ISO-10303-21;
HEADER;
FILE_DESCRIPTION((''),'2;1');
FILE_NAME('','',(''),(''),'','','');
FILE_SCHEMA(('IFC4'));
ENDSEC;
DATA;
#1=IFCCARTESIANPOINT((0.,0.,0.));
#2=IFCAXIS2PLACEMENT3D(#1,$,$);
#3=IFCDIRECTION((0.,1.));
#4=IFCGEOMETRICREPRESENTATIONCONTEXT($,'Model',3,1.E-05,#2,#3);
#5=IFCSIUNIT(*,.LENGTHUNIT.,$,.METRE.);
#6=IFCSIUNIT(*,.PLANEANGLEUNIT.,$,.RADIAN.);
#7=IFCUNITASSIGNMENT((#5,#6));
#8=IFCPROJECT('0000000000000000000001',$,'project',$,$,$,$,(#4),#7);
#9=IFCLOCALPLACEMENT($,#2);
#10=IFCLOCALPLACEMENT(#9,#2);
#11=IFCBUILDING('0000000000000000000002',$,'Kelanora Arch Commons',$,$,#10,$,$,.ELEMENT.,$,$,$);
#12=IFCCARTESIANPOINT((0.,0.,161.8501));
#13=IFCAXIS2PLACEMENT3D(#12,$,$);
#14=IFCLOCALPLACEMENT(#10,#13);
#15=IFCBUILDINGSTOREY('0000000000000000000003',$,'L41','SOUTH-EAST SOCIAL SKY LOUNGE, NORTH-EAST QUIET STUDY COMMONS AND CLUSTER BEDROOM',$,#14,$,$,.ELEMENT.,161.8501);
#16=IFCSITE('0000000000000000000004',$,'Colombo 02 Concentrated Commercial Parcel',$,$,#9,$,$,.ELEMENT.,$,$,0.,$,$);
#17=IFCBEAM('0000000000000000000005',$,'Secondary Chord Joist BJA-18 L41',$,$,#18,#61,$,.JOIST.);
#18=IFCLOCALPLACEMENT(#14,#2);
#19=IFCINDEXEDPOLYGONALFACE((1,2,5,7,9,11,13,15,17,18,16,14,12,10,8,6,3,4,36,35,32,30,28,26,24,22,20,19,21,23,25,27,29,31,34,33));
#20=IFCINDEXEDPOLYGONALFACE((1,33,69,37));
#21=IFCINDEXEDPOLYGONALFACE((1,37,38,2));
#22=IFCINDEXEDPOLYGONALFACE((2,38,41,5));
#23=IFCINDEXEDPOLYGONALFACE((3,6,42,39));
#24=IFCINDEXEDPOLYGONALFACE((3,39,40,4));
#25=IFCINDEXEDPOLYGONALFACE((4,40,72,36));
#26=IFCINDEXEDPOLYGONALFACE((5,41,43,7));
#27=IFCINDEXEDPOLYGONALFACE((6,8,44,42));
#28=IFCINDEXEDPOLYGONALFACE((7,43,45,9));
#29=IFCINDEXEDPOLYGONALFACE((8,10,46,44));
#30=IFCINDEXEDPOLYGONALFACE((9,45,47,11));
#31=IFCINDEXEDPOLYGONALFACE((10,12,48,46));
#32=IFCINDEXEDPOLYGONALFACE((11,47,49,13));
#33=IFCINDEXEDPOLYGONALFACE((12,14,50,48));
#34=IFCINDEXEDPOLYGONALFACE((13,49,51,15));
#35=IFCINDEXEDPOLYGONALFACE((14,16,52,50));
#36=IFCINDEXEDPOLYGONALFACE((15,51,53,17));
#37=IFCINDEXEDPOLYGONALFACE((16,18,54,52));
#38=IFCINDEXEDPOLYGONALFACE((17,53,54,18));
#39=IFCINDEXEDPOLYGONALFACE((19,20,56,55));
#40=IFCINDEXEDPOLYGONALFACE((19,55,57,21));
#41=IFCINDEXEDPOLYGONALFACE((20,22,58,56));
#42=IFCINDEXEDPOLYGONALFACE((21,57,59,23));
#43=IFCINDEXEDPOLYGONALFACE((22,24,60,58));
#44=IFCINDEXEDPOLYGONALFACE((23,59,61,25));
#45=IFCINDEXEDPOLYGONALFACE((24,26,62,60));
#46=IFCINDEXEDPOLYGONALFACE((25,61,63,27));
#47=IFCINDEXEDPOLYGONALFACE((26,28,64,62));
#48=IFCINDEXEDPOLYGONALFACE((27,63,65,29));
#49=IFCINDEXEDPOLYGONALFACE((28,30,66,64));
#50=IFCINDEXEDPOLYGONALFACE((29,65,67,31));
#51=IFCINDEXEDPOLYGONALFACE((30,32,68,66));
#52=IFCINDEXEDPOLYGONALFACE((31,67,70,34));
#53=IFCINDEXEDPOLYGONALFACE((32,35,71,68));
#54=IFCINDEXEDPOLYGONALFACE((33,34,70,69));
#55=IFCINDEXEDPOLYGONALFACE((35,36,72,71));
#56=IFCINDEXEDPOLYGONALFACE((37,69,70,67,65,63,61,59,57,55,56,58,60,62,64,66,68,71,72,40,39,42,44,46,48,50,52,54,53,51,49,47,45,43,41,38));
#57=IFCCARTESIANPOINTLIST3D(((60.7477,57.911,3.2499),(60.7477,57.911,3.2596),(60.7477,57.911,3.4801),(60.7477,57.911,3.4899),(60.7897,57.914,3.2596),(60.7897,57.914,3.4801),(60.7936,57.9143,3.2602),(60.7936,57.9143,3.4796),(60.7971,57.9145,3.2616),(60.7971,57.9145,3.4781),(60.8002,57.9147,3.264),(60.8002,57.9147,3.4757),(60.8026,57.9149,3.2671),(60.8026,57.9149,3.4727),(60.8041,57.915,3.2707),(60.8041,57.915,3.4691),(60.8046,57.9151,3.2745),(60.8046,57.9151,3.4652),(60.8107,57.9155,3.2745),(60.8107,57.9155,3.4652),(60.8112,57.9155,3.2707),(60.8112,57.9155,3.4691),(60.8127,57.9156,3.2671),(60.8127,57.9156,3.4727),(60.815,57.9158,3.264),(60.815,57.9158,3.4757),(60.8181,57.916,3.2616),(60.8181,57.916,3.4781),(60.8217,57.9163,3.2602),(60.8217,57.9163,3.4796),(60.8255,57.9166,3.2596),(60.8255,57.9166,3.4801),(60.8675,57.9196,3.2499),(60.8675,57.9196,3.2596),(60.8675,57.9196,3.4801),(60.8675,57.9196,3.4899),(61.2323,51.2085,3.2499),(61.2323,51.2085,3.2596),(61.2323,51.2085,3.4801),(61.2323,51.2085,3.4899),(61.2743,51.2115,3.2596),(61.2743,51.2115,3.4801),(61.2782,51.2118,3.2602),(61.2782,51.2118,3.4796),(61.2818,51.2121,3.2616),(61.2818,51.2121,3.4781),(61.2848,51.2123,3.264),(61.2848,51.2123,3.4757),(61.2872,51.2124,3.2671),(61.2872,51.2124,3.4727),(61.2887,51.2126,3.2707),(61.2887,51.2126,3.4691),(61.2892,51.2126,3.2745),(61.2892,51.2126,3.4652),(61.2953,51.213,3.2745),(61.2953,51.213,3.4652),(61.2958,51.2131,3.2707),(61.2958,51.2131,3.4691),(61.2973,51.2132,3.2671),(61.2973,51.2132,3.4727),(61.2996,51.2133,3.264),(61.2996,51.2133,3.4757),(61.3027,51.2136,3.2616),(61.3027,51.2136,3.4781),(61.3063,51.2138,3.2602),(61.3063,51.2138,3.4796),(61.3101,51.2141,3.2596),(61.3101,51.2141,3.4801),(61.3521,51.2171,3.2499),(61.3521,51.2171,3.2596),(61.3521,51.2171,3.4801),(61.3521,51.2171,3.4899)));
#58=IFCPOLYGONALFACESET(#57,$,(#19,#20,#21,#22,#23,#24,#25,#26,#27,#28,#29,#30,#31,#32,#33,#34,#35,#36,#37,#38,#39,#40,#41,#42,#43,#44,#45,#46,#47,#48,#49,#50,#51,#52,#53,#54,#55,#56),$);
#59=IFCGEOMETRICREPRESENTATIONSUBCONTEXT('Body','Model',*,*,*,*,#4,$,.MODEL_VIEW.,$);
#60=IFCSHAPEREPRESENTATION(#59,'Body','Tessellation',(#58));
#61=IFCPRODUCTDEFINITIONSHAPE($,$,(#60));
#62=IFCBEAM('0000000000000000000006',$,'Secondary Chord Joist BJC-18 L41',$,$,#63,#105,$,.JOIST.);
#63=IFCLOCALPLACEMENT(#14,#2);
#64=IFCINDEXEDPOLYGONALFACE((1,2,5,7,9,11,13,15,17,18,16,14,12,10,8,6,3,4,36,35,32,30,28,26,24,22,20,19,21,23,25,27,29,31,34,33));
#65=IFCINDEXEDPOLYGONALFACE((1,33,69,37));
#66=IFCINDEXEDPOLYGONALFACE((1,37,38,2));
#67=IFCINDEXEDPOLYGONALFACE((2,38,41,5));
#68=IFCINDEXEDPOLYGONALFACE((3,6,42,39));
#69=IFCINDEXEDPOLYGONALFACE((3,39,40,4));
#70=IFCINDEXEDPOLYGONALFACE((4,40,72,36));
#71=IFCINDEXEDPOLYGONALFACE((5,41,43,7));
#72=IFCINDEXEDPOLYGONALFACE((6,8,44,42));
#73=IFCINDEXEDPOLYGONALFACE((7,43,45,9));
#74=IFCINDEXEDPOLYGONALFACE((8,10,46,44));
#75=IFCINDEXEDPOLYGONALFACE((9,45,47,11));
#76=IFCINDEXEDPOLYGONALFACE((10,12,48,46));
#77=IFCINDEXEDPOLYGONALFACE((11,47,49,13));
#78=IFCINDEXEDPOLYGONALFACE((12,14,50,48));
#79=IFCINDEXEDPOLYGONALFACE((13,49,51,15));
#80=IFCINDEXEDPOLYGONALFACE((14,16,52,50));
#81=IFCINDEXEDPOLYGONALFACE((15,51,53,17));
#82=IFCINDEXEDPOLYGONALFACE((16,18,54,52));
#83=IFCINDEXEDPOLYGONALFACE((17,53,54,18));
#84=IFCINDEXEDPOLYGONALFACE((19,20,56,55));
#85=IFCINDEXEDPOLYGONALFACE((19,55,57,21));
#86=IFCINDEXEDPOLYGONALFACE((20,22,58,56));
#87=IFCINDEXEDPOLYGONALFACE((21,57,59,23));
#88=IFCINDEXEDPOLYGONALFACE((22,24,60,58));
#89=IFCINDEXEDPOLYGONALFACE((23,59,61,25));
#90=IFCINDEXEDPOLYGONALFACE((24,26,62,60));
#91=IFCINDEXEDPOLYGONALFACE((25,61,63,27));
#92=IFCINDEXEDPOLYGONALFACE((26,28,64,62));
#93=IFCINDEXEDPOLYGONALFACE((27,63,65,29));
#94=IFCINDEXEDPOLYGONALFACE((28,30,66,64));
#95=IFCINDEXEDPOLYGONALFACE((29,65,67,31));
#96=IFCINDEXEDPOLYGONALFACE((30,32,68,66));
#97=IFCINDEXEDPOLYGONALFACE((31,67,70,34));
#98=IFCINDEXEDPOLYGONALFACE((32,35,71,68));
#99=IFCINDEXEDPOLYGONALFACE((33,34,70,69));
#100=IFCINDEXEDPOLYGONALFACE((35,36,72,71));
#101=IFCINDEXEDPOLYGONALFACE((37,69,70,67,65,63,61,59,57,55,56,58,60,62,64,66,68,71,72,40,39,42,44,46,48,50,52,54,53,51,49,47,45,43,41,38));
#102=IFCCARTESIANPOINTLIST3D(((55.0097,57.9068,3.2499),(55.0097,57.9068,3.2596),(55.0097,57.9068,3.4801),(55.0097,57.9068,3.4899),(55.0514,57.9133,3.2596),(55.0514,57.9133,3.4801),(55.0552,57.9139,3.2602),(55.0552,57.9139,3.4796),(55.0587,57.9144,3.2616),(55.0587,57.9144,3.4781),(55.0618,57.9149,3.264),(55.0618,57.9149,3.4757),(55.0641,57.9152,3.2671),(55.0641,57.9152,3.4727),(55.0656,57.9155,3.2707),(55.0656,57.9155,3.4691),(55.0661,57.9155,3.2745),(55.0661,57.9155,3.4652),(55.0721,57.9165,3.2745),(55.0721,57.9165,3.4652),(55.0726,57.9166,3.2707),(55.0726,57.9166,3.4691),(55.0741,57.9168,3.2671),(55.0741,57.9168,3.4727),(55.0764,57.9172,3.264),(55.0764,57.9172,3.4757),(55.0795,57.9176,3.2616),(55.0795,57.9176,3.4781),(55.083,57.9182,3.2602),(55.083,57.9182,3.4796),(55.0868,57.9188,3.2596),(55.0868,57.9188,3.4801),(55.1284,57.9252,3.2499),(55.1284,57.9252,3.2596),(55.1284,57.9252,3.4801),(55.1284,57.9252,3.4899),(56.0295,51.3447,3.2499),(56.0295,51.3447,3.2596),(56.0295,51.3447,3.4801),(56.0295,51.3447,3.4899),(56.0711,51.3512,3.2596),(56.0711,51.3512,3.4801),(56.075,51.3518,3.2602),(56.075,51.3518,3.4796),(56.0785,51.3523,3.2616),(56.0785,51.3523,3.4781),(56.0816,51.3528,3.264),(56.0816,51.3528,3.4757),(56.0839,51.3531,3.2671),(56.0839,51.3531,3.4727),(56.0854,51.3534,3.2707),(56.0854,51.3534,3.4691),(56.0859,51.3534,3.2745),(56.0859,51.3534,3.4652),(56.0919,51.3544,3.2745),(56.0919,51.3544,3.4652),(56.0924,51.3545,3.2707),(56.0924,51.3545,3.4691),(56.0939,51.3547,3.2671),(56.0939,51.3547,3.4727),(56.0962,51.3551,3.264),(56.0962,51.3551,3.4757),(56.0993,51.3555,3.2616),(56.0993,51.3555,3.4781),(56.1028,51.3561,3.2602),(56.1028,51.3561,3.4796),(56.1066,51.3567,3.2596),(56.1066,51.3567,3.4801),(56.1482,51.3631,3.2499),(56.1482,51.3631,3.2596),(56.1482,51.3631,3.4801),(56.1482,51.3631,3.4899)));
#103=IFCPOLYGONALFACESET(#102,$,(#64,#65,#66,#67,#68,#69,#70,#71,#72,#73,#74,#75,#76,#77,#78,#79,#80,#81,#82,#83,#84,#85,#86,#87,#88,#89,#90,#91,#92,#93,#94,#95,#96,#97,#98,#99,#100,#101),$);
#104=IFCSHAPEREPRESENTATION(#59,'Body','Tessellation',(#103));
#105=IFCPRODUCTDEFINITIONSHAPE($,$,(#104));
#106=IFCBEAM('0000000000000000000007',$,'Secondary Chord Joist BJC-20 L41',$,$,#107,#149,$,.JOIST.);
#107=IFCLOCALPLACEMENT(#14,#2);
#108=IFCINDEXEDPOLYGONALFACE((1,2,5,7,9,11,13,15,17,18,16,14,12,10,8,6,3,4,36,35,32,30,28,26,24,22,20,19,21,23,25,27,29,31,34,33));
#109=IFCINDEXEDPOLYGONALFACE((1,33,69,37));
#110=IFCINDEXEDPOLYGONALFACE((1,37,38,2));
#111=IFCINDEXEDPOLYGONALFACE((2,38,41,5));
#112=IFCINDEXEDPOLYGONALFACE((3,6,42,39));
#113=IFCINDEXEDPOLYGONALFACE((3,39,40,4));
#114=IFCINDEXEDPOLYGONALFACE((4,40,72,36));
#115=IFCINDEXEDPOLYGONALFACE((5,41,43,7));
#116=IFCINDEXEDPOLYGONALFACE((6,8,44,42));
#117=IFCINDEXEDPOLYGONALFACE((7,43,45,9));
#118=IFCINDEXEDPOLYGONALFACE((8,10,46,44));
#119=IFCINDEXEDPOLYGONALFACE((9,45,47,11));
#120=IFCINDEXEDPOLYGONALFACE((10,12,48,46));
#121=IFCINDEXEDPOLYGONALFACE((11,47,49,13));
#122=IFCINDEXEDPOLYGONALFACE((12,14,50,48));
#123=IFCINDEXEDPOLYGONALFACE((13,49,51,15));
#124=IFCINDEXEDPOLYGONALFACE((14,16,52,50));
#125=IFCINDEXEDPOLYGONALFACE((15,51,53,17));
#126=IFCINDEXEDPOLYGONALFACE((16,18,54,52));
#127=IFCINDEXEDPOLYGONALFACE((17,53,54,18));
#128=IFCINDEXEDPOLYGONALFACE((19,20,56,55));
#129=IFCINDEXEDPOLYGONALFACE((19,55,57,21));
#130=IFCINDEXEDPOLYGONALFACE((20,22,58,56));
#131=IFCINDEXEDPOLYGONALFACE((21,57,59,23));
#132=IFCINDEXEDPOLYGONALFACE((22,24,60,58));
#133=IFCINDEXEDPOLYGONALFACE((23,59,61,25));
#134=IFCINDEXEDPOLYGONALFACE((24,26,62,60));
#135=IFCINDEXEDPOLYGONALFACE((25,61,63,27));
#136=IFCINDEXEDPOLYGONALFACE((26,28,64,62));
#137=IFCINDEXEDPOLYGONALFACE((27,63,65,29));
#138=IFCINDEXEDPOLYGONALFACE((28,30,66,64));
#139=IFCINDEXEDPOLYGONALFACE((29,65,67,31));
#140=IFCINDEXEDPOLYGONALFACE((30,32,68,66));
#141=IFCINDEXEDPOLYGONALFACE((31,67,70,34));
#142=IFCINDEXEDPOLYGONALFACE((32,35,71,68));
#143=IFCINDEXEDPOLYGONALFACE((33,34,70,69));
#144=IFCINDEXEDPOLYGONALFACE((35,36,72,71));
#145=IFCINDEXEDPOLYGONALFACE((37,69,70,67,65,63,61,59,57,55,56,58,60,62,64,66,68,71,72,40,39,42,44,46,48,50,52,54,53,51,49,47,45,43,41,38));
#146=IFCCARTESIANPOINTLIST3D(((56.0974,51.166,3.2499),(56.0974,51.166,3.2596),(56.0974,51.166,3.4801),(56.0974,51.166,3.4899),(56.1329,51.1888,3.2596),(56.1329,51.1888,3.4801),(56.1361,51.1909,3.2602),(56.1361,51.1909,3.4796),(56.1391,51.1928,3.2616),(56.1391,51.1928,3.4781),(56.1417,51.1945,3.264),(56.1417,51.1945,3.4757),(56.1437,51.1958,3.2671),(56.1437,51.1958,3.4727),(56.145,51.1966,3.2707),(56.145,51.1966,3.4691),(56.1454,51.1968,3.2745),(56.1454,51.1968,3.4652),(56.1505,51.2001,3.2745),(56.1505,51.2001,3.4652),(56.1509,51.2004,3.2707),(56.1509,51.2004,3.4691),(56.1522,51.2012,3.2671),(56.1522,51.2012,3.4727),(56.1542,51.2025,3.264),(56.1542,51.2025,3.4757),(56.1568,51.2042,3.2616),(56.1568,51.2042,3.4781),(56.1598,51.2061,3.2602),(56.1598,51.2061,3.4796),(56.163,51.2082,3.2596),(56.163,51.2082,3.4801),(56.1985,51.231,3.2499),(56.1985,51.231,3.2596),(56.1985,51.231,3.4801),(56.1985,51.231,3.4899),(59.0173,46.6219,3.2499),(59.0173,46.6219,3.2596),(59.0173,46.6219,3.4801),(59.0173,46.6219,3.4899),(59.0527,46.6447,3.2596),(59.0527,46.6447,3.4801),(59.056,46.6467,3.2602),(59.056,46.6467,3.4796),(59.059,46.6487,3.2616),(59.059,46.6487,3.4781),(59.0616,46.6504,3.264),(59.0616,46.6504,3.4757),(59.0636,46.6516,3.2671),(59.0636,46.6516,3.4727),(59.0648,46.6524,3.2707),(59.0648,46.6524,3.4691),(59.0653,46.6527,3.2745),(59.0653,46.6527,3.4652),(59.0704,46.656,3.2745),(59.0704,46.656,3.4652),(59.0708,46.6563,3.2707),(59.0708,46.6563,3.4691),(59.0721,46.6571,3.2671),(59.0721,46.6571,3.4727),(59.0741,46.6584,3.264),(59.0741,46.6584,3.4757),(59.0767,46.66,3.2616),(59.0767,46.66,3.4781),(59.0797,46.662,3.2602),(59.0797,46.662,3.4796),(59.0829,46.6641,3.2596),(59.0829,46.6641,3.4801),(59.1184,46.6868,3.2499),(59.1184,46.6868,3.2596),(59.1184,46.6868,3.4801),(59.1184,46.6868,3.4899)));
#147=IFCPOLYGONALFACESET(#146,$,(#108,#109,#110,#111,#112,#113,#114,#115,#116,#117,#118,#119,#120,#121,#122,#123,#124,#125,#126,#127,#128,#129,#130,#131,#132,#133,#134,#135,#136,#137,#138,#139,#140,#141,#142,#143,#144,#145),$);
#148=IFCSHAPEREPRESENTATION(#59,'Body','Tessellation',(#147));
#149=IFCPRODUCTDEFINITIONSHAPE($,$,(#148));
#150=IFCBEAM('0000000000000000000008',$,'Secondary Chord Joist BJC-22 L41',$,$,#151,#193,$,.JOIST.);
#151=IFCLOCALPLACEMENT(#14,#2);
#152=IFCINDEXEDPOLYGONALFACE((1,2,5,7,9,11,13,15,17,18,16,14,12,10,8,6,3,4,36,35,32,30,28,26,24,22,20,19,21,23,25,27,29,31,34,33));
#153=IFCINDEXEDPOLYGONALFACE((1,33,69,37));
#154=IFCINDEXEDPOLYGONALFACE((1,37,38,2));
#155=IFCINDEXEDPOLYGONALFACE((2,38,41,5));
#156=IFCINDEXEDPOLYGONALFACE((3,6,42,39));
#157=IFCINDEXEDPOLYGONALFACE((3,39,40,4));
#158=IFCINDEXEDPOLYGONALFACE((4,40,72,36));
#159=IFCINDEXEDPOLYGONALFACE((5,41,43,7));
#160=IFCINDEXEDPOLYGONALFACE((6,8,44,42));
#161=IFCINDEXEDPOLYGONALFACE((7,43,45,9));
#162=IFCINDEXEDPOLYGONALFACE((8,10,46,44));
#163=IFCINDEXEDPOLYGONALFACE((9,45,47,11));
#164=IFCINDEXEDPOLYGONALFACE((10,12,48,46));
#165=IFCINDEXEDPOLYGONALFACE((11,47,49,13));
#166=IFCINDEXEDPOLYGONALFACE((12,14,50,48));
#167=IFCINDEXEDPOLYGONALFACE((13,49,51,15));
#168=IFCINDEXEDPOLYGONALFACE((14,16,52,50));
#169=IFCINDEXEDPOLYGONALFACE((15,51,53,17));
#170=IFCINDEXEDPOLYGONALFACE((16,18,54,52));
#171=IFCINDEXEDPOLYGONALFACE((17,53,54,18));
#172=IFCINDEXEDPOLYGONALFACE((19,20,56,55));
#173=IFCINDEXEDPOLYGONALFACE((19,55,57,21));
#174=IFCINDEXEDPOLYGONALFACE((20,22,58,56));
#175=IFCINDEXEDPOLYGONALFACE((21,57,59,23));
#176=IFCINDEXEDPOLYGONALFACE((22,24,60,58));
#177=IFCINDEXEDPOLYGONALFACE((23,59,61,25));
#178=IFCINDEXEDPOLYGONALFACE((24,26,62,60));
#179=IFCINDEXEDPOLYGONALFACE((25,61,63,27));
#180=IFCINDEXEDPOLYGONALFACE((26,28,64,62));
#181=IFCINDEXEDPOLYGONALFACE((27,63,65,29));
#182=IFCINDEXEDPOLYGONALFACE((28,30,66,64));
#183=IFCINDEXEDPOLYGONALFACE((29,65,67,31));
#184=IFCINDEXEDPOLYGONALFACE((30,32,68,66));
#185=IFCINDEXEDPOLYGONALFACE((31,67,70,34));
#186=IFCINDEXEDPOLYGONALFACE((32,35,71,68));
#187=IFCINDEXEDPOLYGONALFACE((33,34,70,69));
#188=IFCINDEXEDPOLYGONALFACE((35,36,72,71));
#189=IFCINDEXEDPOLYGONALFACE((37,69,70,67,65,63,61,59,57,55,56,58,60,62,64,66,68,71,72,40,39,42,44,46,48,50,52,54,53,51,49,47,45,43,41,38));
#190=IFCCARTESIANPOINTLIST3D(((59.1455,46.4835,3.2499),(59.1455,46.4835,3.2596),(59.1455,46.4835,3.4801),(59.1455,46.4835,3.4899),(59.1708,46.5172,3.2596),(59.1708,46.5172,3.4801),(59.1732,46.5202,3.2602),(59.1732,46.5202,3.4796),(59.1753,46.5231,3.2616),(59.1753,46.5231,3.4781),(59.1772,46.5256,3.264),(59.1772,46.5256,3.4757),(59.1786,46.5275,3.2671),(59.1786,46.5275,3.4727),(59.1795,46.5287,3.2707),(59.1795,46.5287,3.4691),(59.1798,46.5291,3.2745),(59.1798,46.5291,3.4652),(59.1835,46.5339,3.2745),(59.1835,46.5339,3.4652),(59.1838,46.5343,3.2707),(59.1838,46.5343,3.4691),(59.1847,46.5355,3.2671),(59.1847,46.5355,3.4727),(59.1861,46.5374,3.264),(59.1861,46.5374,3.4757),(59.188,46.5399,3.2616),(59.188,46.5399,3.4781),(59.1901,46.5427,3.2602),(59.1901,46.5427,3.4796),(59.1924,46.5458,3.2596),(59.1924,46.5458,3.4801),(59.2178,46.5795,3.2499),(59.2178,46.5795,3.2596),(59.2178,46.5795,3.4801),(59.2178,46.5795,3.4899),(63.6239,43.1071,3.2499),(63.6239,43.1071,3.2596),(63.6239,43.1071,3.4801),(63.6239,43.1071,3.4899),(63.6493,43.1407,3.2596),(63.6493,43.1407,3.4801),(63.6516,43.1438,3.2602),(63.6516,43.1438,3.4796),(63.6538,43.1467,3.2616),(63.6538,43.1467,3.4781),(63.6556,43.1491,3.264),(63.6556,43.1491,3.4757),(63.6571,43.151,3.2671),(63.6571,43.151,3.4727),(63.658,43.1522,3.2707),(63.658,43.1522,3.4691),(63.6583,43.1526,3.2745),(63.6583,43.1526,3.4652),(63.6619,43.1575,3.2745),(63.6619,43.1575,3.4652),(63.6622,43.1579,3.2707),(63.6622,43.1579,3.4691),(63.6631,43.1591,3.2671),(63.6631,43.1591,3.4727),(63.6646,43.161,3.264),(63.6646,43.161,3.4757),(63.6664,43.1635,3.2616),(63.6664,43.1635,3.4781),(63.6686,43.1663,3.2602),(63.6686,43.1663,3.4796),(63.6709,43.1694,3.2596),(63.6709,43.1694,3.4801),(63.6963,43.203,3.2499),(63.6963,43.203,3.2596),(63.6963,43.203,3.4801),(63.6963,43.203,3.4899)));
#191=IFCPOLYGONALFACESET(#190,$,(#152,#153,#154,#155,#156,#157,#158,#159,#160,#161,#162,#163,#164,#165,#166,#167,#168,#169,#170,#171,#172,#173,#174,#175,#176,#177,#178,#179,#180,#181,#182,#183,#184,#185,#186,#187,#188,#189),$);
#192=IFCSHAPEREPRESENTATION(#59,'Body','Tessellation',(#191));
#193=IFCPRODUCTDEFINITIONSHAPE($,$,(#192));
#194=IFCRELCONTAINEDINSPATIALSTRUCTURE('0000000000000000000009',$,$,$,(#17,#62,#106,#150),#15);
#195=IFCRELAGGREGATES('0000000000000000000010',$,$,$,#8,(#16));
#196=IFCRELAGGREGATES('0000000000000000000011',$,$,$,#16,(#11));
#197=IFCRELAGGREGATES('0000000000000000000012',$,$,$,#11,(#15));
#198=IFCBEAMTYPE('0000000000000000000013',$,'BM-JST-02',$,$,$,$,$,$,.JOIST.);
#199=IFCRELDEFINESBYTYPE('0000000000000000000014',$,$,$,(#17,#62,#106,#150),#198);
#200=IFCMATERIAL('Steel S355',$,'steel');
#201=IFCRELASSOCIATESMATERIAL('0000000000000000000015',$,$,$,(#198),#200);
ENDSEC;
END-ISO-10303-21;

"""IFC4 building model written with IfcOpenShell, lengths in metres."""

from ifc_helpers import new_model, si_unit, direction, frame, origin, origin_2d, place, context, subcontext, project, spatial, i_section, extrude, material, material_profile, profile_set, type_object, element, save


model = new_model("IFC4")

# Units and contexts
model_context = context("Model", 3, precision=1e-05, world=origin(), true_north=direction((0.0, 1.0)))
body_context = subcontext(model_context, "Body", "Model", "MODEL_VIEW")
ifc_project = project(units=[si_unit("LENGTHUNIT", "METRE"), si_unit("PLANEANGLEUNIT", "RADIAN")], contexts=[model_context])

# Site, building, storey
site_placement = place(None, origin())
site = spatial("IfcSite", under=ifc_project, at=site_placement, Name="Colombo 02 Concentrated Commercial Parcel", CompositionType="ELEMENT", RefElevation=0.0)
building_placement = place(site_placement, origin())
building = spatial("IfcBuilding", under=site, at=building_placement, Name="Kelanora Arch Commons", CompositionType="ELEMENT")
storey_placement = place(building_placement, frame((0.0, 0.0, 161.8501)))
storey = spatial("IfcBuildingStorey", under=building, at=storey_placement, Name="L41", Description="SOUTH-EAST SOCIAL SKY LOUNGE, NORTH-EAST QUIET STUDY COMMONS AND CLUSTER BEDROOM", CompositionType="ELEMENT", Elevation=161.8501)

# Beams
ifc_material_1 = material(Name="Steel S355", Category="steel")
ifc_material_profile_1 = material_profile(ifc_material_1, i_section(OverallWidth=0.1201, OverallDepth=0.24, WebThickness=0.0061, FlangeThickness=0.0098, FilletRadius=0.0149, at=origin_2d()), Name="IPE240")
ifc_profile_set_1 = profile_set([ifc_material_profile_1], Name="Steel S355")
beam_type_1 = type_object("IfcBeamType", Name="BM-JST-02", PredefinedType="JOIST", material=ifc_profile_set_1)
beam_1_placement = place(storey_placement, frame((60.8076, 57.9153, 3.3699), z_axis=(0.072117, -0.997396, 0.0), x_axis=(0.997396, 0.072117, 0.0)))
element("IfcBeam", 1, at=beam_1_placement, inside=storey, type_object=beam_type_1, Name="Secondary Chord Joist BJA-18 L41", PredefinedType="JOIST", context=body_context, shape_type="SweptSolid", body=[
    extrude(i_section(OverallWidth=0.1201, OverallDepth=0.24, WebThickness=0.0061, FlangeThickness=0.0098, FilletRadius=0.0149, at=origin_2d()), origin(), (0.0, 0.0, 1.0), 6.72),
])
beam_2_placement = place(storey_placement, frame((55.0691, 57.916, 3.3699), z_axis=(0.153563, -0.988139, 0.0), x_axis=(0.988139, 0.153563, 0.0)))
element("IfcBeam", 2, at=beam_2_placement, inside=storey, type_object=beam_type_1, Name="Secondary Chord Joist BJC-18 L41", PredefinedType="JOIST", context=body_context, shape_type="SweptSolid", body=[
    extrude(i_section(OverallWidth=0.1201, OverallDepth=0.24, WebThickness=0.0061, FlangeThickness=0.0098, FilletRadius=0.0149, at=origin_2d()), origin(), (0.0, 0.0, 1.0), 6.6409),
])
beam_3_placement = place(storey_placement, frame((56.1479, 51.1985, 3.3699), z_axis=(0.540582, -0.841292, 0.0), x_axis=(0.841292, 0.540582, 0.0)))
element("IfcBeam", 3, at=beam_3_placement, inside=storey, type_object=beam_type_1, Name="Secondary Chord Joist BJC-20 L41", PredefinedType="JOIST", context=body_context, shape_type="SweptSolid", body=[
    extrude(i_section(OverallWidth=0.1201, OverallDepth=0.24, WebThickness=0.0061, FlangeThickness=0.0098, FilletRadius=0.0149, at=origin_2d()), origin(), (0.0, 0.0, 1.0), 5.4014),
])
beam_4_placement = place(storey_placement, frame((59.1816, 46.5315, 3.3699), z_axis=(0.798493, -0.602004, 0.0), x_axis=(0.602004, 0.798493, 0.0)))
element("IfcBeam", 4, at=beam_4_placement, inside=storey, type_object=beam_type_1, Name="Secondary Chord Joist BJC-22 L41", PredefinedType="JOIST", context=body_context, shape_type="SweptSolid", body=[
    extrude(i_section(OverallWidth=0.1201, OverallDepth=0.24, WebThickness=0.0061, FlangeThickness=0.0098, FilletRadius=0.0149, at=origin_2d()), origin(), (0.0, 0.0, 1.0), 5.6086),
])

save(model, "model.ifc")
